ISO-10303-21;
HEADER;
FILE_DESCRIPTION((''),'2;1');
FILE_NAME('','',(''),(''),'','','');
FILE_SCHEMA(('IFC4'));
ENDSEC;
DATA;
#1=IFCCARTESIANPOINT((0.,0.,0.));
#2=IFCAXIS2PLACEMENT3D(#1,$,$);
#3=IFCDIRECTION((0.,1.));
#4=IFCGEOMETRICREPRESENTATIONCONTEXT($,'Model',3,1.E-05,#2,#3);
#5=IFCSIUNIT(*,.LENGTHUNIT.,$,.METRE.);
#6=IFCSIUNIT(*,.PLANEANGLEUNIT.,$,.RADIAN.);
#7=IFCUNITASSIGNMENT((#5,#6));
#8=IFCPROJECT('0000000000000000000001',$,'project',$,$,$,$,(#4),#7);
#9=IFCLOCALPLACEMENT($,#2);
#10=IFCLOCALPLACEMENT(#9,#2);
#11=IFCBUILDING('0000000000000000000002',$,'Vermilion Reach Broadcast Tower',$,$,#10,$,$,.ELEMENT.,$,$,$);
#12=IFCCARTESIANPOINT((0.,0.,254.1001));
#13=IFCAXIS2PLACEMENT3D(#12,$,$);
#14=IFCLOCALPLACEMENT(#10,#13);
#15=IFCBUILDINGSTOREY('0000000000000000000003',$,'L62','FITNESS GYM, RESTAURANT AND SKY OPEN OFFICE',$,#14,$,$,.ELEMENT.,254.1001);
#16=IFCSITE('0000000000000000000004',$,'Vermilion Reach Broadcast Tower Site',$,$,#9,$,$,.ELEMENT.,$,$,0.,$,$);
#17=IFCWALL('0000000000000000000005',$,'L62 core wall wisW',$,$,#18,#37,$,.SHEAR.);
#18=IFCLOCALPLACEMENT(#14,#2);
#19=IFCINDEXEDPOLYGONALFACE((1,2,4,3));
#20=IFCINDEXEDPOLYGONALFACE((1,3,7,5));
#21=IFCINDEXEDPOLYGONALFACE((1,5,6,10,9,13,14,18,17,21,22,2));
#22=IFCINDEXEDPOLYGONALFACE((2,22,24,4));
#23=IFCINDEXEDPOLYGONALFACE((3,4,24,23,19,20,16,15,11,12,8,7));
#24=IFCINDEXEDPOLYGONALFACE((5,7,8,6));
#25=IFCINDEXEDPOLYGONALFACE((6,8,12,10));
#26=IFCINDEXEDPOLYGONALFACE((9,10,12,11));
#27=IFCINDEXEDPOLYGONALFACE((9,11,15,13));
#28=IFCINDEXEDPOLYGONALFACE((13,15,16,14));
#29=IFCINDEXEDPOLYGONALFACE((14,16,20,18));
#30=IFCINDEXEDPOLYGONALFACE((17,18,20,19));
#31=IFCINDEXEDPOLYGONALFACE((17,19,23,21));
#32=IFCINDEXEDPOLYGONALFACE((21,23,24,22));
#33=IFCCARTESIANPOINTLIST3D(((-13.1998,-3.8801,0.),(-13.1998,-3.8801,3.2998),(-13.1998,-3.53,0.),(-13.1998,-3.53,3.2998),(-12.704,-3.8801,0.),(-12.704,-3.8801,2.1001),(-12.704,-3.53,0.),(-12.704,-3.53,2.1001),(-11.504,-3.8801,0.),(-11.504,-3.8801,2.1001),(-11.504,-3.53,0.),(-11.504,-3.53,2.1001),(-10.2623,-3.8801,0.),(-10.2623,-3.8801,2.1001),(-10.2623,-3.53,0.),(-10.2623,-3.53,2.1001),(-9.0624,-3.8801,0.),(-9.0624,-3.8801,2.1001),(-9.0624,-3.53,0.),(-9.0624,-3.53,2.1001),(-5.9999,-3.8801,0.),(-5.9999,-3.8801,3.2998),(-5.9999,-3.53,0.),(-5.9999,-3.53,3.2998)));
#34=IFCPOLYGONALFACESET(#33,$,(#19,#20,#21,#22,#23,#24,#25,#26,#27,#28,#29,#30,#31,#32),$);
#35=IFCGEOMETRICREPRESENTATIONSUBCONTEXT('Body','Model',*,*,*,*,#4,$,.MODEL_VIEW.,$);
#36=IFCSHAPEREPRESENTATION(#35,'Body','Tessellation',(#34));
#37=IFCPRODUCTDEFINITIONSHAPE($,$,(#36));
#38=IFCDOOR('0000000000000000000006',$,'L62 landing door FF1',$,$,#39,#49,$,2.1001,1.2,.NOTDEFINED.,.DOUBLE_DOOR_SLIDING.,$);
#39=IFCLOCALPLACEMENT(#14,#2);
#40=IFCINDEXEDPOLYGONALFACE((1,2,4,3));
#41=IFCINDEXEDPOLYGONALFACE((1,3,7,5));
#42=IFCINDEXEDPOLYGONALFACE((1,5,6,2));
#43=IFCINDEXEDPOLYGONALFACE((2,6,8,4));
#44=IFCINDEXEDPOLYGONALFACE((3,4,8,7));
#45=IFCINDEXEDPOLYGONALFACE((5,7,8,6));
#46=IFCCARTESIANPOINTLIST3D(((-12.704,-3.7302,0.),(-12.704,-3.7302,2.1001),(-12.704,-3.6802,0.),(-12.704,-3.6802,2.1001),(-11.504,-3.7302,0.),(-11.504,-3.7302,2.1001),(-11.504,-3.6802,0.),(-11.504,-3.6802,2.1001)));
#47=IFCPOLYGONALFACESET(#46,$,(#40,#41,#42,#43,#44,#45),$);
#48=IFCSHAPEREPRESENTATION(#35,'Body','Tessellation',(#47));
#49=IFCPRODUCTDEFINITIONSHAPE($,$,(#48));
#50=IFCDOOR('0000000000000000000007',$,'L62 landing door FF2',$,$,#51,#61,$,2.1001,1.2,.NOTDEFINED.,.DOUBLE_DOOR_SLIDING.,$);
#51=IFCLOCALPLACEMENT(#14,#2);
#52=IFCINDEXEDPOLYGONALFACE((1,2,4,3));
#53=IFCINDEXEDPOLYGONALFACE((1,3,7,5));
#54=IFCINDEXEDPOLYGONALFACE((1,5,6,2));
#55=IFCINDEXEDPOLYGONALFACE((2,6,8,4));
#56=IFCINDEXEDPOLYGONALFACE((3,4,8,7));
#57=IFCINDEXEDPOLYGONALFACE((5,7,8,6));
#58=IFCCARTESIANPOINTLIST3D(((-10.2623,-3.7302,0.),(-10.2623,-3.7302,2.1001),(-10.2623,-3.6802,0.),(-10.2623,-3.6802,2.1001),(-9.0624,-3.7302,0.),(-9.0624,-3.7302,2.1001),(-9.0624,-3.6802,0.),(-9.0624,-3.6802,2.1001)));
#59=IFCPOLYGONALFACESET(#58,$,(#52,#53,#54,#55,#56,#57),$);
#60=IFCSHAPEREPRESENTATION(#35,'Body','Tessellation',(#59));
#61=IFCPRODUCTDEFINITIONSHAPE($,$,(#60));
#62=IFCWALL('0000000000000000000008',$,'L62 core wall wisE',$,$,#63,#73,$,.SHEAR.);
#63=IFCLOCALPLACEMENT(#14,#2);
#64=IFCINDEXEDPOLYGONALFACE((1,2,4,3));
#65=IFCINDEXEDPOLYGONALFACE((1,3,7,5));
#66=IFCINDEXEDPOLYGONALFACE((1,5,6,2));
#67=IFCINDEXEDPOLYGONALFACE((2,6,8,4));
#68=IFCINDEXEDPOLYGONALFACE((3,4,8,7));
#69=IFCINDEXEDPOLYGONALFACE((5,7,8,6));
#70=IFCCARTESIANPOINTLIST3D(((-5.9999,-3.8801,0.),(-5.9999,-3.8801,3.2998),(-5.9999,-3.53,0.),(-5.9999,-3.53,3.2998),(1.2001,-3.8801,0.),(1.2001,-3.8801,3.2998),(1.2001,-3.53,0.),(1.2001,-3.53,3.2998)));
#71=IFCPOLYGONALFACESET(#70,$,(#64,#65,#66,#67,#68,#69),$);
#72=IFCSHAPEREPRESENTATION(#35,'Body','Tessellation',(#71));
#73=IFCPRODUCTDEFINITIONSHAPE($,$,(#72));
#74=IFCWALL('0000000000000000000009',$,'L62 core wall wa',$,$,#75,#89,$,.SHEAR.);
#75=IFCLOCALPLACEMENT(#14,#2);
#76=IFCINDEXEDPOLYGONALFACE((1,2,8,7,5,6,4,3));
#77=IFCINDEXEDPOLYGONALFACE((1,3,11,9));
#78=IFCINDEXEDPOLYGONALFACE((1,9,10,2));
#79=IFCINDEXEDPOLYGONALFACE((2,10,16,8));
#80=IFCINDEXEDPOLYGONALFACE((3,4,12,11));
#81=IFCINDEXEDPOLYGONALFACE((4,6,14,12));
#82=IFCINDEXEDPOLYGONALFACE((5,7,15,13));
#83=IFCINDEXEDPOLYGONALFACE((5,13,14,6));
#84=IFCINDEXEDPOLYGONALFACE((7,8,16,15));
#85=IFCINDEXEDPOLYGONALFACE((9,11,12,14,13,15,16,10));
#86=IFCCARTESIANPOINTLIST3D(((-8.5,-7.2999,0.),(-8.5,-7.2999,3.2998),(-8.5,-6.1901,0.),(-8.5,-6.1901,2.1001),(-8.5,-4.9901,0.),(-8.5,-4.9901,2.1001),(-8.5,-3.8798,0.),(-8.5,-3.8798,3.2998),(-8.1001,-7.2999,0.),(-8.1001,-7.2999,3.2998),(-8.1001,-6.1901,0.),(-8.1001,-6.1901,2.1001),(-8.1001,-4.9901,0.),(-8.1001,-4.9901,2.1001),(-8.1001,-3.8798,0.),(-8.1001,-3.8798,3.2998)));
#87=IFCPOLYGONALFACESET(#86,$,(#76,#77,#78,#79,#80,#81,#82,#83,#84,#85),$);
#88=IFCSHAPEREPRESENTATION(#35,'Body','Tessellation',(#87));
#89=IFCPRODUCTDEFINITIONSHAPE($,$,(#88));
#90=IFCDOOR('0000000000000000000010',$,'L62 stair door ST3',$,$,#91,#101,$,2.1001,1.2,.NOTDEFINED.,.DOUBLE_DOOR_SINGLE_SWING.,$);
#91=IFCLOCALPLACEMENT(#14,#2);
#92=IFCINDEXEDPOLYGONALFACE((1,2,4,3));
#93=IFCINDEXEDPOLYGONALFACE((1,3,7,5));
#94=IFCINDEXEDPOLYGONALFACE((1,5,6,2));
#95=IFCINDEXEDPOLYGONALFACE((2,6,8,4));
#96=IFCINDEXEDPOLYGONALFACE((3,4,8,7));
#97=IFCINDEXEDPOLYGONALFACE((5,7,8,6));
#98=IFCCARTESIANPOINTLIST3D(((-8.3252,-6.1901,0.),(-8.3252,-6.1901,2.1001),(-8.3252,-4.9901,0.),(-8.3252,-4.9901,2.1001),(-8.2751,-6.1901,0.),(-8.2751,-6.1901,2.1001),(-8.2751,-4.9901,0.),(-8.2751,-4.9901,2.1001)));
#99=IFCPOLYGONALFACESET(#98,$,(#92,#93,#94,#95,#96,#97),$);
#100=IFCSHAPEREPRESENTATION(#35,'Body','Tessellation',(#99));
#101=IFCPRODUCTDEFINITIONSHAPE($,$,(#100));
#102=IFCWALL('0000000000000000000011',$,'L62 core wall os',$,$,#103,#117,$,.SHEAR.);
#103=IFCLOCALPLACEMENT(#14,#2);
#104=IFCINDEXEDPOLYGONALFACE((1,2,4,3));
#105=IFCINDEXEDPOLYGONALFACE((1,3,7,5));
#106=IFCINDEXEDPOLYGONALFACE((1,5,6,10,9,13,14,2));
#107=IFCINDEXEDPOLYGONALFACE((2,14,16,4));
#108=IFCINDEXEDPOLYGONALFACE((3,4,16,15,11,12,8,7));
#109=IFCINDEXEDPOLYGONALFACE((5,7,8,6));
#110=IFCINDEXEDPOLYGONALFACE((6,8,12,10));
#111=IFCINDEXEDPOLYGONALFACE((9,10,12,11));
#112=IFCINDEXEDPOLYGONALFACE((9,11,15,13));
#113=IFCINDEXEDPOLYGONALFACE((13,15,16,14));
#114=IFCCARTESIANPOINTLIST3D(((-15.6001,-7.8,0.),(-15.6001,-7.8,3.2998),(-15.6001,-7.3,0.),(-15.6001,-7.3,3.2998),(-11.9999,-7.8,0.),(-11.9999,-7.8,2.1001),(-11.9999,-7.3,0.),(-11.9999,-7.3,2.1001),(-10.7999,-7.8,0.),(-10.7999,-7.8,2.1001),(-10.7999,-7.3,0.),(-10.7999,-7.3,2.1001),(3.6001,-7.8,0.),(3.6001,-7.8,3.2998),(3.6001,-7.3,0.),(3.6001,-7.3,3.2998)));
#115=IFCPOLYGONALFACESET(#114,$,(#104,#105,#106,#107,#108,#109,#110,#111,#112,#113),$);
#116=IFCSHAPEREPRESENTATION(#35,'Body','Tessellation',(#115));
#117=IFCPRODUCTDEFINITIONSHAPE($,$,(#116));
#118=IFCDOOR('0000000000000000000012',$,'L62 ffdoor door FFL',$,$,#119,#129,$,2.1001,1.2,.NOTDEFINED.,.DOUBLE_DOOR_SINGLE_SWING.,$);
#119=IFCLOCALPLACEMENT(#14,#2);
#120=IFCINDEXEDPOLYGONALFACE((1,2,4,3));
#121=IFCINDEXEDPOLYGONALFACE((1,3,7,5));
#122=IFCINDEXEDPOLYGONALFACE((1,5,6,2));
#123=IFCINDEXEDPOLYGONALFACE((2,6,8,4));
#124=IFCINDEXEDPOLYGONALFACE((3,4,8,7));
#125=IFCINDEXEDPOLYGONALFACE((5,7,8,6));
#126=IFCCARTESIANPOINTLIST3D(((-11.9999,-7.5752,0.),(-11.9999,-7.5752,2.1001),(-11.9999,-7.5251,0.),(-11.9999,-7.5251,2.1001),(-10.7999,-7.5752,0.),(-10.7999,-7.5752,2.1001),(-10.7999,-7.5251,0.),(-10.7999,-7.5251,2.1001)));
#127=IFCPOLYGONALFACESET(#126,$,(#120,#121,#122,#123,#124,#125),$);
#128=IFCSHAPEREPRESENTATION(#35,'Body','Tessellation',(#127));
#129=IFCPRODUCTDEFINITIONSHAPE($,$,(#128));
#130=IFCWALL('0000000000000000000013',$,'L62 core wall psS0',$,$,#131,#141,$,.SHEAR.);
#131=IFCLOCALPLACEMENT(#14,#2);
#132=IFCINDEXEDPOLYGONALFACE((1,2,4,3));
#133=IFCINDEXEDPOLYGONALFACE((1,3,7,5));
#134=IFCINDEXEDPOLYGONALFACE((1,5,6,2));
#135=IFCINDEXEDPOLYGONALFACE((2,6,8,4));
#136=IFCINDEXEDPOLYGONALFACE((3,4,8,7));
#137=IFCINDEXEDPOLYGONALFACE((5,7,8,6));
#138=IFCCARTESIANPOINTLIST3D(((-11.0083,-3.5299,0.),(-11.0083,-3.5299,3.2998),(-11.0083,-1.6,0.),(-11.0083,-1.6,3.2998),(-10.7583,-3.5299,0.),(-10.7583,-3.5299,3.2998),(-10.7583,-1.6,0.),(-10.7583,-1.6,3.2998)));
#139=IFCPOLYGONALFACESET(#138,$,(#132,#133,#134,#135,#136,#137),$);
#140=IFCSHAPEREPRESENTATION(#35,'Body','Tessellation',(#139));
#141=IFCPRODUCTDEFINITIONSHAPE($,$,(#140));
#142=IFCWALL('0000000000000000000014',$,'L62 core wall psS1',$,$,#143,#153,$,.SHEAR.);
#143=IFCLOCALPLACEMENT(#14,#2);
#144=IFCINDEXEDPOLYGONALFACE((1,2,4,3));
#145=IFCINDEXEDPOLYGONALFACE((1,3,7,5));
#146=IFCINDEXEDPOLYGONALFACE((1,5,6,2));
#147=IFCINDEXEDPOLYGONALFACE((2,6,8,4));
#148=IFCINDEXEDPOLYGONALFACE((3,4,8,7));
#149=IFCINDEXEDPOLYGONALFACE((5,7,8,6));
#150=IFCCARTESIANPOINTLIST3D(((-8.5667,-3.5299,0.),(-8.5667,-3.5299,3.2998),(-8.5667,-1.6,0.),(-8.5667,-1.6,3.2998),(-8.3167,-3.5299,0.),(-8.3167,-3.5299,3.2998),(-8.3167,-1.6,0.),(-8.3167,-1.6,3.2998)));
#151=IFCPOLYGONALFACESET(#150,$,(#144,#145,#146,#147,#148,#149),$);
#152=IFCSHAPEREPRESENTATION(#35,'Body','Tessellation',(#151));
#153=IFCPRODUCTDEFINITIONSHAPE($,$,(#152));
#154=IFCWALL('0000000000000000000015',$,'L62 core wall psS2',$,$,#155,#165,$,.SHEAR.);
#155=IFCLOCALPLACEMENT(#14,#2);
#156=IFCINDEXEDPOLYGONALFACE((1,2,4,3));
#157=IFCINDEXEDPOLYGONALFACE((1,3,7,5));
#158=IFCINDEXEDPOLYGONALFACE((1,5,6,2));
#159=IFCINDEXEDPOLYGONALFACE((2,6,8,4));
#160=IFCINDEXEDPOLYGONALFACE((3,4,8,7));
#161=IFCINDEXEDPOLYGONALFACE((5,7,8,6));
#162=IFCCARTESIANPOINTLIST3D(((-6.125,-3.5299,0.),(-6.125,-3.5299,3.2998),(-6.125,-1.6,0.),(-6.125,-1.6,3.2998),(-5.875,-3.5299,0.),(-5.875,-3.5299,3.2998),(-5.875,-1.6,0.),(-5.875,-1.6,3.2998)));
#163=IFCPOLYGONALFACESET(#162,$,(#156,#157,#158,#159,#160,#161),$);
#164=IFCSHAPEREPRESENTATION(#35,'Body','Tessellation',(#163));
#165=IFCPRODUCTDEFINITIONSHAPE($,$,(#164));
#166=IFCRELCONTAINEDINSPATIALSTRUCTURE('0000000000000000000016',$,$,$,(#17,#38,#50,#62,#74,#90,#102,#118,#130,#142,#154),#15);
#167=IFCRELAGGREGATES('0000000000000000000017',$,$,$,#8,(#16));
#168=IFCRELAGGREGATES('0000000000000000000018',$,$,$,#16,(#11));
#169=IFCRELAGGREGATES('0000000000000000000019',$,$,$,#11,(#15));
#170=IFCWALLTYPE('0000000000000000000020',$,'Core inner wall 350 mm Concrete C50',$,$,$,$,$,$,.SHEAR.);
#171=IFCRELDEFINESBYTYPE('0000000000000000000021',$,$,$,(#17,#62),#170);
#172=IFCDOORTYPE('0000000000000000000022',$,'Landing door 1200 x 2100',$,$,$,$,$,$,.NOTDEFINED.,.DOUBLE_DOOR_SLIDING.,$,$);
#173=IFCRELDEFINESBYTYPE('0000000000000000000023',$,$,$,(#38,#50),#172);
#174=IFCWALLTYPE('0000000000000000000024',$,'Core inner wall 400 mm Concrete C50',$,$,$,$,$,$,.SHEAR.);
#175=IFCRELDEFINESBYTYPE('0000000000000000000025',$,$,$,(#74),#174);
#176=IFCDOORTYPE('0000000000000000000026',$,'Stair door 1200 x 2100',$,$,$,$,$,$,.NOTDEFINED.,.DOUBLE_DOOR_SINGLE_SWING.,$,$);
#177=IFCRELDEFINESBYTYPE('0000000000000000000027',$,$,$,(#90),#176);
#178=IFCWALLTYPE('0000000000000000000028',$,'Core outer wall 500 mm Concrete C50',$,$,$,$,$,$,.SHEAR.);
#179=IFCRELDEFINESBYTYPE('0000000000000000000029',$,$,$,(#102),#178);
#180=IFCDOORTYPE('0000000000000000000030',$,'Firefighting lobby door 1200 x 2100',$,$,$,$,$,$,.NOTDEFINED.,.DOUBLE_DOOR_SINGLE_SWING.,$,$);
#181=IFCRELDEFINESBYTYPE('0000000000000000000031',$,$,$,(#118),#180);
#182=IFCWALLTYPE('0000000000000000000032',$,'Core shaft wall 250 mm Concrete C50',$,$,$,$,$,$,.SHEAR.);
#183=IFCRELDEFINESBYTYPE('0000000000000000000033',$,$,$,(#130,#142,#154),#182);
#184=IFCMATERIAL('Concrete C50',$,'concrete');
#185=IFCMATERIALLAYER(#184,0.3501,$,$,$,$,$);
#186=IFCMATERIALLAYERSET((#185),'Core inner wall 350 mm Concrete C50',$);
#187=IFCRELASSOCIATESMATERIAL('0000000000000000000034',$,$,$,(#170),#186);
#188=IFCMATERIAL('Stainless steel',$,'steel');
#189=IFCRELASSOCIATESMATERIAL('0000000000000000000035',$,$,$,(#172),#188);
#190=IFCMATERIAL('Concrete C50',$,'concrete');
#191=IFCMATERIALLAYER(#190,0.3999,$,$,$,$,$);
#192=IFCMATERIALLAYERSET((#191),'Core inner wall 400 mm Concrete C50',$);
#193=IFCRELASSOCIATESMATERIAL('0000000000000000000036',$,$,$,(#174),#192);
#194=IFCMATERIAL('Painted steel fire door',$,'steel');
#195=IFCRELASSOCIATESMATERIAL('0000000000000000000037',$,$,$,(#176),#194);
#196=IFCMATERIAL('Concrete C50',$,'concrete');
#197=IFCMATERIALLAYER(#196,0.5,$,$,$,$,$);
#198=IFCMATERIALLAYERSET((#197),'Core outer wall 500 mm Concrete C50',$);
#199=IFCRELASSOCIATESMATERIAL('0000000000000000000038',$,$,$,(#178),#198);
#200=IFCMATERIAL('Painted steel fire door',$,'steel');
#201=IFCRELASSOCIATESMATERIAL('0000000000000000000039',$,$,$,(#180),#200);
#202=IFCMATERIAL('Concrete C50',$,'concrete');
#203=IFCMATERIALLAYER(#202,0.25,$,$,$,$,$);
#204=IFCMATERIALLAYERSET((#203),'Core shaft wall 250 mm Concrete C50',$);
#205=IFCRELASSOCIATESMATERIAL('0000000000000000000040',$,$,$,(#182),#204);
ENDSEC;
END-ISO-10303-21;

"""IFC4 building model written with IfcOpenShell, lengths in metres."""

from ifc_helpers import new_model, si_unit, direction, frame, frame_2d, origin, place, context, subcontext, project, spatial, rectangle, extrude, material, layer, layer_set, type_object, element, fill, save


model = new_model("IFC4")

# Units and contexts
model_context = context("Model", 3, precision=1e-05, world=origin(), true_north=direction((0.0, 1.0)))
body_context = subcontext(model_context, "Body", "Model", "MODEL_VIEW")
ifc_project = project(units=[si_unit("LENGTHUNIT", "METRE"), si_unit("PLANEANGLEUNIT", "RADIAN")], contexts=[model_context])

# Site, building, storey
site_placement = place(None, origin())
site = spatial("IfcSite", under=ifc_project, at=site_placement, Name="Vermilion Reach Broadcast Tower Site", CompositionType="ELEMENT", RefElevation=0.0)
building_placement = place(site_placement, origin())
building = spatial("IfcBuilding", under=site, at=building_placement, Name="Vermilion Reach Broadcast Tower", CompositionType="ELEMENT")
storey_placement = place(building_placement, frame((0.0, 0.0, 254.1001)))
storey = spatial("IfcBuildingStorey", under=building, at=storey_placement, Name="L62", Description="FITNESS GYM, RESTAURANT AND SKY OPEN OFFICE", CompositionType="ELEMENT", Elevation=254.1001)

# Wall, openings, doors
ifc_material_1 = material(Name="Concrete C50", Category="concrete")
ifc_layer_1 = layer(ifc_material_1, 0.3501)
ifc_layer_set_1 = layer_set([ifc_layer_1], Name="Core inner wall 350 mm Concrete C50")
wall_type_1 = type_object("IfcWallType", Name="Core inner wall 350 mm Concrete C50", PredefinedType="SHEAR", material=ifc_layer_set_1)
wall_1_placement = place(storey_placement, frame((-13.2, -3.7051, 0.0), z_axis=(0.0, 0.0, 1.0), x_axis=(1.0, 0.0, 0.0)))
wall_1 = element("IfcWall", 1, at=wall_1_placement, inside=storey, type_object=wall_type_1, Name="L62 core wall wisW", PredefinedType="SHEAR", context=body_context, shape_type="SweptSolid", body=[
    extrude(rectangle(XDim=7.2, YDim=0.3501, at=frame_2d((3.6001, 0.0))), origin(), (0.0, 0.0, 1.0), 3.2998),
])
opening_1_placement = place(wall_1_placement, frame((0.4958, 0.0, 0.0)))
opening_1 = element("IfcOpeningElement", 2, at=opening_1_placement, cuts=wall_1, PredefinedType="OPENING", context=body_context, shape_type="SweptSolid", body=[
    extrude(rectangle(XDim=1.2, YDim=2.1001, at=frame_2d((0.6001, 1.05))), frame((0.0, 0.1851, 0.0), z_axis=(0.0, -1.0, 0.0), x_axis=(1.0, 0.0, 0.0)), (0.0, 0.0, 1.0), 0.3701),
])
opening_2_placement = place(wall_1_placement, frame((2.9375, 0.0, 0.0)))
opening_2 = element("IfcOpeningElement", 3, at=opening_2_placement, cuts=wall_1, PredefinedType="OPENING", context=body_context, shape_type="SweptSolid", body=[
    extrude(rectangle(XDim=1.2, YDim=2.1001, at=frame_2d((0.6001, 1.05))), frame((0.0, 0.1851, 0.0), z_axis=(0.0, -1.0, 0.0), x_axis=(1.0, 0.0, 0.0)), (0.0, 0.0, 1.0), 0.3701),
])
ifc_material_2 = material(Name="Stainless steel", Category="steel")
door_type_1 = type_object("IfcDoorType", Name="Landing door 1200 x 2100", OperationType="DOUBLE_DOOR_SLIDING", PredefinedType="NOTDEFINED", material=ifc_material_2)
door_1_placement = place(opening_1_placement, origin())
door_1 = element("IfcDoor", 4, at=door_1_placement, inside=storey, type_object=door_type_1, Name="L62 landing door FF1", OperationType="DOUBLE_DOOR_SLIDING", OverallHeight=2.1001, OverallWidth=1.2, PredefinedType="NOTDEFINED", context=body_context, shape_type="SweptSolid", body=[
    extrude(rectangle(XDim=1.2, YDim=2.1001, at=frame_2d((0.6001, 1.05))), frame((0.0, 0.0249, 0.0), z_axis=(0.0, -1.0, 0.0), x_axis=(1.0, 0.0, 0.0)), (0.0, 0.0, 1.0), 0.05),
])
fill(opening_1, door_1)
door_2_placement = place(opening_2_placement, origin())
door_2 = element("IfcDoor", 5, at=door_2_placement, inside=storey, type_object=door_type_1, Name="L62 landing door FF2", OperationType="DOUBLE_DOOR_SLIDING", OverallHeight=2.1001, OverallWidth=1.2, PredefinedType="NOTDEFINED", context=body_context, shape_type="SweptSolid", body=[
    extrude(rectangle(XDim=1.2, YDim=2.1001, at=frame_2d((0.6001, 1.05))), frame((0.0, 0.0249, 0.0), z_axis=(0.0, -1.0, 0.0), x_axis=(1.0, 0.0, 0.0)), (0.0, 0.0, 1.0), 0.05),
])
fill(opening_2, door_2)

# Wall
wall_2_placement = place(storey_placement, frame((-6.0, -3.7051, 0.0), z_axis=(0.0, 0.0, 1.0), x_axis=(1.0, 0.0, 0.0)))
element("IfcWall", 6, at=wall_2_placement, inside=storey, type_object=wall_type_1, Name="L62 core wall wisE", PredefinedType="SHEAR", context=body_context, shape_type="SweptSolid", body=[
    extrude(rectangle(XDim=7.2, YDim=0.3501, at=frame_2d((3.6001, 0.0))), origin(), (0.0, 0.0, 1.0), 3.2998),
])

# Walls, openings, doors
ifc_material_3 = material(Name="Concrete C50", Category="concrete")
ifc_layer_2 = layer(ifc_material_3, 0.3999)
ifc_layer_set_2 = layer_set([ifc_layer_2], Name="Core inner wall 400 mm Concrete C50")
wall_type_2 = type_object("IfcWallType", Name="Core inner wall 400 mm Concrete C50", PredefinedType="SHEAR", material=ifc_layer_set_2)
wall_3_placement = place(storey_placement, frame((-8.3, -3.8799, 0.0), z_axis=(0.0, 0.0, 1.0), x_axis=(0.0, -1.0, 0.0)))
wall_3 = element("IfcWall", 7, at=wall_3_placement, inside=storey, type_object=wall_type_2, Name="L62 core wall wa", PredefinedType="SHEAR", context=body_context, shape_type="SweptSolid", body=[
    extrude(rectangle(XDim=3.4202, YDim=0.3999, at=frame_2d((1.71, 0.0))), origin(), (0.0, 0.0, 1.0), 3.2998),
])
opening_3_placement = place(wall_3_placement, frame((1.1101, 0.0, 0.0)))
opening_3 = element("IfcOpeningElement", 8, at=opening_3_placement, cuts=wall_3, PredefinedType="OPENING", context=body_context, shape_type="SweptSolid", body=[
    extrude(rectangle(XDim=1.2, YDim=2.1001, at=frame_2d((0.6001, 1.05))), frame((0.0, 0.21, 0.0), z_axis=(0.0, -1.0, 0.0), x_axis=(1.0, 0.0, 0.0)), (0.0, 0.0, 1.0), 0.4199),
])
ifc_material_4 = material(Name="Painted steel fire door", Category="steel")
door_type_2 = type_object("IfcDoorType", Name="Stair door 1200 x 2100", OperationType="DOUBLE_DOOR_SINGLE_SWING", PredefinedType="NOTDEFINED", material=ifc_material_4)
door_3_placement = place(opening_3_placement, origin())
door_3 = element("IfcDoor", 9, at=door_3_placement, inside=storey, type_object=door_type_2, Name="L62 stair door ST3", OperationType="DOUBLE_DOOR_SINGLE_SWING", OverallHeight=2.1001, OverallWidth=1.2, PredefinedType="NOTDEFINED", context=body_context, shape_type="SweptSolid", body=[
    extrude(rectangle(XDim=1.2, YDim=2.1001, at=frame_2d((0.6001, 1.05))), frame((0.0, 0.0249, 0.0), z_axis=(0.0, -1.0, 0.0), x_axis=(1.0, 0.0, 0.0)), (0.0, 0.0, 1.0), 0.05),
])
fill(opening_3, door_3)
ifc_material_5 = material(Name="Concrete C50", Category="concrete")
ifc_layer_3 = layer(ifc_material_5, 0.5)
ifc_layer_set_3 = layer_set([ifc_layer_3], Name="Core outer wall 500 mm Concrete C50")
wall_type_3 = type_object("IfcWallType", Name="Core outer wall 500 mm Concrete C50", PredefinedType="SHEAR", material=ifc_layer_set_3)
wall_4_placement = place(storey_placement, frame((-15.6001, -7.55, 0.0), z_axis=(0.0, 0.0, 1.0), x_axis=(1.0, 0.0, 0.0)))
wall_4 = element("IfcWall", 10, at=wall_4_placement, inside=storey, type_object=wall_type_3, Name="L62 core wall os", PredefinedType="SHEAR", context=body_context, shape_type="SweptSolid", body=[
    extrude(rectangle(XDim=19.2002, YDim=0.5, at=frame_2d((9.6001, 0.0))), origin(), (0.0, 0.0, 1.0), 3.2998),
])
opening_4_placement = place(wall_4_placement, frame((3.6001, 0.0, 0.0)))
opening_4 = element("IfcOpeningElement", 11, at=opening_4_placement, cuts=wall_4, PredefinedType="OPENING", context=body_context, shape_type="SweptSolid", body=[
    extrude(rectangle(XDim=1.2, YDim=2.1001, at=frame_2d((0.6001, 1.05))), frame((0.0, 0.26, 0.0), z_axis=(0.0, -1.0, 0.0), x_axis=(1.0, 0.0, 0.0)), (0.0, 0.0, 1.0), 0.52),
])
ifc_material_6 = material(Name="Painted steel fire door", Category="steel")
door_type_3 = type_object("IfcDoorType", Name="Firefighting lobby door 1200 x 2100", OperationType="DOUBLE_DOOR_SINGLE_SWING", PredefinedType="NOTDEFINED", material=ifc_material_6)
door_4_placement = place(opening_4_placement, origin())
door_4 = element("IfcDoor", 12, at=door_4_placement, inside=storey, type_object=door_type_3, Name="L62 ffdoor door FFL", OperationType="DOUBLE_DOOR_SINGLE_SWING", OverallHeight=2.1001, OverallWidth=1.2, PredefinedType="NOTDEFINED", context=body_context, shape_type="SweptSolid", body=[
    extrude(rectangle(XDim=1.2, YDim=2.1001, at=frame_2d((0.6001, 1.05))), frame((0.0, 0.0249, 0.0), z_axis=(0.0, -1.0, 0.0), x_axis=(1.0, 0.0, 0.0)), (0.0, 0.0, 1.0), 0.05),
])
fill(opening_4, door_4)

# Walls
ifc_material_7 = material(Name="Concrete C50", Category="concrete")
ifc_layer_4 = layer(ifc_material_7, 0.25)
ifc_layer_set_4 = layer_set([ifc_layer_4], Name="Core shaft wall 250 mm Concrete C50")
wall_type_4 = type_object("IfcWallType", Name="Core shaft wall 250 mm Concrete C50", PredefinedType="SHEAR", material=ifc_layer_set_4)
for number, where, z_axis, x_axis, name in (
    (13, (-10.8833, -1.6001, 0.0), (0.0, 0.0, 1.0), (0.0, -1.0, 0.0), "L62 core wall psS0"),
    (14, (-8.4417, -1.6001, 0.0), (0.0, 0.0, 1.0), (0.0, -1.0, 0.0), "L62 core wall psS1"),
    (15, (-6.0, -1.6001, 0.0), (0.0, 0.0, 1.0), (0.0, -1.0, 0.0), "L62 core wall psS2"),
):
    element("IfcWall", number, at=place(storey_placement, frame(where, z_axis=z_axis, x_axis=x_axis)), inside=storey, type_object=wall_type_4, Name=name, PredefinedType="SHEAR", context=body_context, shape_type="SweptSolid", body=[
        extrude(rectangle(XDim=1.9299, YDim=0.25, at=frame_2d((0.9648, 0.0))), origin(), (0.0, 0.0, 1.0), 3.2998),
    ])

save(model, "model.ifc")
